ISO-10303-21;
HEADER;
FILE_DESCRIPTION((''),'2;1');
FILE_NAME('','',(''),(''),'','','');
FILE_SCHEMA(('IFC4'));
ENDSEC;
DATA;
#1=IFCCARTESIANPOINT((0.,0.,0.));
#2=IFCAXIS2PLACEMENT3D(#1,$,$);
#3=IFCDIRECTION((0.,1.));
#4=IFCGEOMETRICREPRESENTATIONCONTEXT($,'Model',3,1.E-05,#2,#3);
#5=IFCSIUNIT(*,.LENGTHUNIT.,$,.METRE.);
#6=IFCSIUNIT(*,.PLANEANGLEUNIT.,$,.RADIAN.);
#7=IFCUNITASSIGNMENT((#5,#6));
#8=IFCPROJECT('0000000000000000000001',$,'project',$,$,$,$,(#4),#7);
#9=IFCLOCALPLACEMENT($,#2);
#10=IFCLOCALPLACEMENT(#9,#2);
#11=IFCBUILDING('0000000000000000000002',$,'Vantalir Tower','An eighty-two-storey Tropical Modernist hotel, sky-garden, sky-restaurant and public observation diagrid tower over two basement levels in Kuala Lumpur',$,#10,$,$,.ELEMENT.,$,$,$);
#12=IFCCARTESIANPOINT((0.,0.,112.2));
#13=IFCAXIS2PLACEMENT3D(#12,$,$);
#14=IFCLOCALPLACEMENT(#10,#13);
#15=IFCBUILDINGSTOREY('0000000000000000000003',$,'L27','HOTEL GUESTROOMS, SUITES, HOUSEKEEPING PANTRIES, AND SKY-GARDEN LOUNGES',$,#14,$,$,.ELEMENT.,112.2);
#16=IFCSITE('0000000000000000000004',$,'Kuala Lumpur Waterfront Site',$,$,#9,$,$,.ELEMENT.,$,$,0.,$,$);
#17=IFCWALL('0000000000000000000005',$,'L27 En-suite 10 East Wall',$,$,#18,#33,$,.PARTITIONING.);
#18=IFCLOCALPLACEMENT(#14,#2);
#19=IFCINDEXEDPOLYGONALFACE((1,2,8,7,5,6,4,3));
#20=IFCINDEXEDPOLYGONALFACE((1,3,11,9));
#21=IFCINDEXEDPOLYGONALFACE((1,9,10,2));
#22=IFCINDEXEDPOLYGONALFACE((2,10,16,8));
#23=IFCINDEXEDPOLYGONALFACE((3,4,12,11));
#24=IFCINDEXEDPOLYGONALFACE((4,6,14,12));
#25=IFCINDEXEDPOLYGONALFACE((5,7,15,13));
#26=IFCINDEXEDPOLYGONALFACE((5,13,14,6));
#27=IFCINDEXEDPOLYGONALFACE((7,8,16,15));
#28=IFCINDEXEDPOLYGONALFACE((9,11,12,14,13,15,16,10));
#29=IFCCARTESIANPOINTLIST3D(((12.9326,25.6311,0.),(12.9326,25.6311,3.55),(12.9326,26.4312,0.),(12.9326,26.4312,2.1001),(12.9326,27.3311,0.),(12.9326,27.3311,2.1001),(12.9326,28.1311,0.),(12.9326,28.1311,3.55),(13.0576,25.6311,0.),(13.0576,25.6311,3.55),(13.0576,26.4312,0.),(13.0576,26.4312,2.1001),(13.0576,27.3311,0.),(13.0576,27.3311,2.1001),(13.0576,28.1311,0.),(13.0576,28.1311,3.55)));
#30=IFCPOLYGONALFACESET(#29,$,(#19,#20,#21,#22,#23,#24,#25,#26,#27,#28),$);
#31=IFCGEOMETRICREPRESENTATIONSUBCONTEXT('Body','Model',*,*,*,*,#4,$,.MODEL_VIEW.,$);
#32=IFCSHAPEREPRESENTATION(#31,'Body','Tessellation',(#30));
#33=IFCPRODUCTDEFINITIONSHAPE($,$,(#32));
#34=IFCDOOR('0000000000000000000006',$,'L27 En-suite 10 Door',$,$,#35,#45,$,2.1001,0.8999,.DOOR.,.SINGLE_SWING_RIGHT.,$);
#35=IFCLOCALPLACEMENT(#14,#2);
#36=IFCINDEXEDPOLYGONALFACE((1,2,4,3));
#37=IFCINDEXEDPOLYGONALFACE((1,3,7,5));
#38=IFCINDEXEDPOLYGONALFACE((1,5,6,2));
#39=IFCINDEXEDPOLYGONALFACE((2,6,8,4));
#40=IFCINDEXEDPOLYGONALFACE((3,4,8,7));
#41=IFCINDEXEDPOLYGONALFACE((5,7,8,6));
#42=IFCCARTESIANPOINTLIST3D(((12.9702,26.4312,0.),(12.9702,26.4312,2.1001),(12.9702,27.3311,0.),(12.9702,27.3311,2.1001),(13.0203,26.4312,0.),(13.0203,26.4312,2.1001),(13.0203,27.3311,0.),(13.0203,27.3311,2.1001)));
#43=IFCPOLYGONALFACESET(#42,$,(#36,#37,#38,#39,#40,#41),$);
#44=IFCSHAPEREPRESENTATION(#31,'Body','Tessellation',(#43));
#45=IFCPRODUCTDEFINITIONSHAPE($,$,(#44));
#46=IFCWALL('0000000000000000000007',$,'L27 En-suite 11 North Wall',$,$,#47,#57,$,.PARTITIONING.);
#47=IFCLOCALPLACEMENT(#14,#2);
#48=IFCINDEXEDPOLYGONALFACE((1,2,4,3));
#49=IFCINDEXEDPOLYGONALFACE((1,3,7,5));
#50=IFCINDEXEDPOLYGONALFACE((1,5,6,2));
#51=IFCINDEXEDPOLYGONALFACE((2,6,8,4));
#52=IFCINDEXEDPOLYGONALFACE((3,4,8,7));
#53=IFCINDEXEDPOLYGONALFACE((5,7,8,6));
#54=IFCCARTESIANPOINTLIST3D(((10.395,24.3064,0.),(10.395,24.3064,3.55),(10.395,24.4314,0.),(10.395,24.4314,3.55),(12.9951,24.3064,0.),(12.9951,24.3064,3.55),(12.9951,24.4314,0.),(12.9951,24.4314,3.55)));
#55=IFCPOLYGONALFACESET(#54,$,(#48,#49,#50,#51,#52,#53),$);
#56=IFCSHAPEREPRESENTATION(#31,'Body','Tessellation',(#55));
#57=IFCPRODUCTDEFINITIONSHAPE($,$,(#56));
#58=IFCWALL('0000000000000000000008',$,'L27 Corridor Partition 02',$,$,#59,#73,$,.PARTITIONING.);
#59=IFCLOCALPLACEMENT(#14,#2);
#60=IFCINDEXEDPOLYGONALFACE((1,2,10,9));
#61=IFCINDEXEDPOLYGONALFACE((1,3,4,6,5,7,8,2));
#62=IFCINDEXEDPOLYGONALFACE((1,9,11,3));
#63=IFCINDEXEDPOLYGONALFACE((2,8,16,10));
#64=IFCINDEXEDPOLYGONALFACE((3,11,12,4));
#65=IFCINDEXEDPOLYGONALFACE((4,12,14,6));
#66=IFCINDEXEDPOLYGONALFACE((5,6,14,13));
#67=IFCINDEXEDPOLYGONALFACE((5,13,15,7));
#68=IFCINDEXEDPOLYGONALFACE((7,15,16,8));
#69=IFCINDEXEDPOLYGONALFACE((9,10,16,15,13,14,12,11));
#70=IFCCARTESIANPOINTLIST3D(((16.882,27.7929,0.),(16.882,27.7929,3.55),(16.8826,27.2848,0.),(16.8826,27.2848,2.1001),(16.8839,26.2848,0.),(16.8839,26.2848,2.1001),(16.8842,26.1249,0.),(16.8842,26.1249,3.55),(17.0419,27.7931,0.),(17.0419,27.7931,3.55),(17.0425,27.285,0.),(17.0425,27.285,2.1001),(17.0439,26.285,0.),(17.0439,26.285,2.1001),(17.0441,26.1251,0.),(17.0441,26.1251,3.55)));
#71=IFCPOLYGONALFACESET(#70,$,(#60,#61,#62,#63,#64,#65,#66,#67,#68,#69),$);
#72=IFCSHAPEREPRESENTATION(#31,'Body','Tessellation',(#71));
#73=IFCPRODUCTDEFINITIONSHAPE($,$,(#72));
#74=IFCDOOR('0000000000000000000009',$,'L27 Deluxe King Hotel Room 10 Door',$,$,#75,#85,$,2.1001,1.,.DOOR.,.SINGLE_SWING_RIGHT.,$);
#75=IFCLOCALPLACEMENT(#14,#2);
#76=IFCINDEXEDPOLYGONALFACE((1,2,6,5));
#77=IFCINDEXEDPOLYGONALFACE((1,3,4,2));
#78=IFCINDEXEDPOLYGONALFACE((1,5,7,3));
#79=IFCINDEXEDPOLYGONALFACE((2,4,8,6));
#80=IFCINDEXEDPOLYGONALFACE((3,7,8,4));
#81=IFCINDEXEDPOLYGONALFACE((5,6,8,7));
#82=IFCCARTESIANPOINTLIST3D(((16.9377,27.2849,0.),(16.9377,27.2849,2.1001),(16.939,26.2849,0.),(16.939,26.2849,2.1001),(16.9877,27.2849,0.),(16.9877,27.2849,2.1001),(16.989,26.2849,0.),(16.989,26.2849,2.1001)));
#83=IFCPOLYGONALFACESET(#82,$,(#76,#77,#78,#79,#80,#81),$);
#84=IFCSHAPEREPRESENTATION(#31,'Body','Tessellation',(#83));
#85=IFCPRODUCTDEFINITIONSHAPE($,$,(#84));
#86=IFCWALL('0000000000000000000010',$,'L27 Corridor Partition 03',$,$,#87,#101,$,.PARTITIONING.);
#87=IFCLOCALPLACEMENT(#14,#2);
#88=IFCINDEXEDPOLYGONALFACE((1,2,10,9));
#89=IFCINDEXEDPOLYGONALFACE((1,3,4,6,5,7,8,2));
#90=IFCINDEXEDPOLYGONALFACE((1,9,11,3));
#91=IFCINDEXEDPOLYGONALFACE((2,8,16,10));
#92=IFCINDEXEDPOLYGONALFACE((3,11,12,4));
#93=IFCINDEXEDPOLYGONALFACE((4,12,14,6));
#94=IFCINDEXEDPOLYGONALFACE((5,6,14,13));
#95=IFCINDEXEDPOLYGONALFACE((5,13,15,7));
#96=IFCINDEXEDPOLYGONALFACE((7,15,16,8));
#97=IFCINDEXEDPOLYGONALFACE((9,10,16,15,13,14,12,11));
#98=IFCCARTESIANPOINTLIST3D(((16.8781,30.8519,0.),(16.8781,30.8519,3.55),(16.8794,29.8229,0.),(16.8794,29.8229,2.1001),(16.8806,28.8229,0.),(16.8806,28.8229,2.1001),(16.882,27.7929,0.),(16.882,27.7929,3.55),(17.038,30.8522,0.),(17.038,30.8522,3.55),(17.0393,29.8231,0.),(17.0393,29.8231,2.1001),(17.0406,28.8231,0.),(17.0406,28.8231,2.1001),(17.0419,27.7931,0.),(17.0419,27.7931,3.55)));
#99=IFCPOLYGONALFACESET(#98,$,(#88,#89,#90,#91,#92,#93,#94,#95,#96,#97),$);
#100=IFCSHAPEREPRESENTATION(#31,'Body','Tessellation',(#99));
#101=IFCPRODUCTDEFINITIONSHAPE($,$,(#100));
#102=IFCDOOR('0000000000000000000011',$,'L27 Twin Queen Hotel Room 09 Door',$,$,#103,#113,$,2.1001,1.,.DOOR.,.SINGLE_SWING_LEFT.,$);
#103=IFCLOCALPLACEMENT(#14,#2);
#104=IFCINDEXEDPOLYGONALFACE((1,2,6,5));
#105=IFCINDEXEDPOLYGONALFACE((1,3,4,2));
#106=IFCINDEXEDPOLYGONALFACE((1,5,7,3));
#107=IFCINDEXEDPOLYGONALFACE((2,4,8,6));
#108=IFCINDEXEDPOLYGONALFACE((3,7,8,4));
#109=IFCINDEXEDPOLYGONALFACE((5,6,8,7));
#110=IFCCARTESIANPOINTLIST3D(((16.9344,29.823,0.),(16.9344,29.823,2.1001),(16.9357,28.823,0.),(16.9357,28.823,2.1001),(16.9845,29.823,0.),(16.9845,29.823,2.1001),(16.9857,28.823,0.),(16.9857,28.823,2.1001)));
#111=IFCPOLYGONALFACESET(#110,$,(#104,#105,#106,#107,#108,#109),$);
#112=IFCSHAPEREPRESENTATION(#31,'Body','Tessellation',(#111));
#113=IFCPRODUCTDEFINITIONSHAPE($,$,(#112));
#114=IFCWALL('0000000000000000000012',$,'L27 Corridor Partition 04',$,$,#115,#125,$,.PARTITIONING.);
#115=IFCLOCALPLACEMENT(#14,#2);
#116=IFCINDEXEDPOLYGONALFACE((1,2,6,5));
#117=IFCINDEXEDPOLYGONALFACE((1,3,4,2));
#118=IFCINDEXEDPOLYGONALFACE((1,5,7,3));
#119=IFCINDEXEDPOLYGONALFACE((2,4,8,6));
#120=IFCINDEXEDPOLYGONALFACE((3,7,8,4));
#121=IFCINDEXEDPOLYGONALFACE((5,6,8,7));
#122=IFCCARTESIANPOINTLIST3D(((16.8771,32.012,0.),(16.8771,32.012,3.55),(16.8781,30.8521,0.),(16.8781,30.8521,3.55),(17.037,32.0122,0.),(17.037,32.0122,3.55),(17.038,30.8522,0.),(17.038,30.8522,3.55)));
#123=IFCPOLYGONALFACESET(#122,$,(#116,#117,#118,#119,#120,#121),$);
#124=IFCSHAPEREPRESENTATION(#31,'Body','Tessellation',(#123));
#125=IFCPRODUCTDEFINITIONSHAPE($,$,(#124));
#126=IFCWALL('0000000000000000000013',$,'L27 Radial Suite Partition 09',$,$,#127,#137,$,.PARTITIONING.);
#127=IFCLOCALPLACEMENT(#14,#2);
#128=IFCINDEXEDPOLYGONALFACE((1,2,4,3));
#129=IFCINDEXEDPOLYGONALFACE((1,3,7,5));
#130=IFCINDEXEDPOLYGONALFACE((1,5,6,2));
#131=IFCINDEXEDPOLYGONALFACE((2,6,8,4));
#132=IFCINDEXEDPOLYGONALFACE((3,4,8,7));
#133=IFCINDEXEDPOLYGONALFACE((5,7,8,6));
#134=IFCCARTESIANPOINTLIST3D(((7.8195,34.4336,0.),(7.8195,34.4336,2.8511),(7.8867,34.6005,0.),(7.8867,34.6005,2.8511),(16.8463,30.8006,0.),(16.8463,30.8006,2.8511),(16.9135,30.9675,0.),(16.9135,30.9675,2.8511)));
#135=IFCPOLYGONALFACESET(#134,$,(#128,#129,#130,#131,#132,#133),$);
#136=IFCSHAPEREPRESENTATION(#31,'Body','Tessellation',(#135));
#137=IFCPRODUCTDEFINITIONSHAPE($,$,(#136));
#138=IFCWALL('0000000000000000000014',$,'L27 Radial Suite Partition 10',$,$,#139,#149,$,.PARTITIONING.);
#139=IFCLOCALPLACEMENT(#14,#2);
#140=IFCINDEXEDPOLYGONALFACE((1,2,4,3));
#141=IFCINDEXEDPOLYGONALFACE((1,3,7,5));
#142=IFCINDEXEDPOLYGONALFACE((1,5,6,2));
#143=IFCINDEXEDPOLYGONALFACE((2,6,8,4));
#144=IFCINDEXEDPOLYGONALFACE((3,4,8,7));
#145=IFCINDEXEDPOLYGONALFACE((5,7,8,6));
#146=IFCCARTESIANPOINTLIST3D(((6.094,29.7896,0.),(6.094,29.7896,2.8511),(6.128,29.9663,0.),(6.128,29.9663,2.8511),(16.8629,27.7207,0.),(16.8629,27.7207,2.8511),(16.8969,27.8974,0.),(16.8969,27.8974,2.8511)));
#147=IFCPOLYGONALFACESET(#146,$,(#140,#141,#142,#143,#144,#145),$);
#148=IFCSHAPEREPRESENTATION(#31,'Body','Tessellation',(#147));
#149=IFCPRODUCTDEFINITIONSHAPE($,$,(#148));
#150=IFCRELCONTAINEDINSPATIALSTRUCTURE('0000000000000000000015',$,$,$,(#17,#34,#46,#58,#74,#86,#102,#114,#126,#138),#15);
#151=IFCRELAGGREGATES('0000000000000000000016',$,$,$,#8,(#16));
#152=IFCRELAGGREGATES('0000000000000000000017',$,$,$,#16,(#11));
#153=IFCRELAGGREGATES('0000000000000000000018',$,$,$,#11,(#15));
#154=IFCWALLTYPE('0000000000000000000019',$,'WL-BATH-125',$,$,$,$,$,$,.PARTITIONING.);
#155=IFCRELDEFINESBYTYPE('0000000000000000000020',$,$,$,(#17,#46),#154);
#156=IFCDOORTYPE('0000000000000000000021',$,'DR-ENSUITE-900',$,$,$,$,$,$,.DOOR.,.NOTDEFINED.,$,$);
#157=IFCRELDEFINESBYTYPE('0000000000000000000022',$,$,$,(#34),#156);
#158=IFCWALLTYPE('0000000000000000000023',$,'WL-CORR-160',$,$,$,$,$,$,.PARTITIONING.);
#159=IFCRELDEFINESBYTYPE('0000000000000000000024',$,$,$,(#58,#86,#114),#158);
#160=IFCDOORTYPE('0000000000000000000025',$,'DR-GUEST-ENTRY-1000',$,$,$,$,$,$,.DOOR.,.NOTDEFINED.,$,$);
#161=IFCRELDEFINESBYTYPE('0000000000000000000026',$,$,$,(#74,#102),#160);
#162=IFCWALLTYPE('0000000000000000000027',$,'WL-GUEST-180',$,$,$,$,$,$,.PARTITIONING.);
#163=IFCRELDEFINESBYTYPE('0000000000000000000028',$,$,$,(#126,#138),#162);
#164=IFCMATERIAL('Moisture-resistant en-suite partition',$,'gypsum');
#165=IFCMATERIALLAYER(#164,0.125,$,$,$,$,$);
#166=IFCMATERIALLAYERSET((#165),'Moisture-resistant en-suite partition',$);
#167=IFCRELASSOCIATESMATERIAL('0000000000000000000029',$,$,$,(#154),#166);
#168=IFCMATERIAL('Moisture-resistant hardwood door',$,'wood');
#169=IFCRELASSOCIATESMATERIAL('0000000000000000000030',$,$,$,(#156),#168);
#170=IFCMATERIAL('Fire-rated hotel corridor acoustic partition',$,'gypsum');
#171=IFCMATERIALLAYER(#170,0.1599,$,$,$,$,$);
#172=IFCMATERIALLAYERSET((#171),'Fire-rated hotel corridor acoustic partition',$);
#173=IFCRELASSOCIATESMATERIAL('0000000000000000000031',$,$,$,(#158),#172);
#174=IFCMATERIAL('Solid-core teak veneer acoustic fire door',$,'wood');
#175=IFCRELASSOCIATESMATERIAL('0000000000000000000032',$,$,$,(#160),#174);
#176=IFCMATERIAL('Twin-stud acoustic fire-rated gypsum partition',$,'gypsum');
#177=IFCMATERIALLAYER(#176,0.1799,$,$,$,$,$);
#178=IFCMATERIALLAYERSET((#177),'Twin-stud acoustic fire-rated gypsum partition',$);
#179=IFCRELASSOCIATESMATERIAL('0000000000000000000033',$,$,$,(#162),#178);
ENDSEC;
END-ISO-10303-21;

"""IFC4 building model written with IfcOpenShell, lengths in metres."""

from ifc_helpers import new_model, si_unit, direction, frame, frame_2d, origin, place, context, subcontext, project, spatial, rectangle, extrude, material, layer, layer_set, type_object, element, fill, save


model = new_model("IFC4")

# Units and contexts
model_context = context("Model", 3, precision=1e-05, world=origin(), true_north=direction((0.0, 1.0)))
body_context = subcontext(model_context, "Body", "Model", "MODEL_VIEW")
ifc_project = project(units=[si_unit("LENGTHUNIT", "METRE"), si_unit("PLANEANGLEUNIT", "RADIAN")], contexts=[model_context])

# Site, building, storey
site_placement = place(None, origin())
site = spatial("IfcSite", under=ifc_project, at=site_placement, Name="Kuala Lumpur Waterfront Site", CompositionType="ELEMENT", RefElevation=0.0)
building_placement = place(site_placement, origin())
building = spatial("IfcBuilding", under=site, at=building_placement, Name="Vantalir Tower", Description="An eighty-two-storey Tropical Modernist hotel, sky-garden, sky-restaurant and public observation diagrid tower over two basement levels in Kuala Lumpur", CompositionType="ELEMENT")
storey_placement = place(building_placement, frame((0.0, 0.0, 112.2)))
storey = spatial("IfcBuildingStorey", under=building, at=storey_placement, Name="L27", Description="HOTEL GUESTROOMS, SUITES, HOUSEKEEPING PANTRIES, AND SKY-GARDEN LOUNGES", CompositionType="ELEMENT", Elevation=112.2)

# Shared definitions
ifc_material_1 = material(Name="Moisture-resistant en-suite partition", Category="gypsum")
ifc_layer_1 = layer(ifc_material_1, 0.125)
ifc_layer_set_1 = layer_set([ifc_layer_1], Name="Moisture-resistant en-suite partition")
wall_type_1 = type_object("IfcWallType", Name="WL-BATH-125", PredefinedType="PARTITIONING", material=ifc_layer_set_1)

# Shared definitions
ifc_material_2 = material(Name="Moisture-resistant hardwood door", Category="wood")
door_type_1 = type_object("IfcDoorType", Name="DR-ENSUITE-900", OperationType="NOTDEFINED", PredefinedType="DOOR", material=ifc_material_2)

# Wall, opening, door
wall_1_placement = place(storey_placement, frame((12.9951, 25.6311, 0.0), z_axis=(0.0, 0.0, 1.0), x_axis=(0.0, 1.0, 0.0)))
wall_1 = element("IfcWall", 1, at=wall_1_placement, inside=storey, type_object=wall_type_1, Name="L27 En-suite 10 East Wall", PredefinedType="PARTITIONING", context=body_context, shape_type="SweptSolid", body=[
    extrude(rectangle(XDim=2.5, YDim=0.125, at=frame_2d((1.25, 0.0))), origin(), (0.0, 0.0, 1.0), 3.55),
])
opening_1_placement = place(wall_1_placement, frame((0.8, 0.0, 0.0)))
opening_1 = element("IfcOpeningElement", 2, at=opening_1_placement, cuts=wall_1, PredefinedType="OPENING", context=body_context, shape_type="SweptSolid", body=[
    extrude(rectangle(XDim=0.8999, YDim=2.1001, at=frame_2d((0.45, 1.05))), frame((0.0, 0.0725, 0.0), z_axis=(0.0, -1.0, 0.0), x_axis=(1.0, 0.0, 0.0)), (0.0, 0.0, 1.0), 0.145),
])
door_1_placement = place(opening_1_placement, origin())
door_1 = element("IfcDoor", 3, at=door_1_placement, inside=storey, type_object=door_type_1, Name="L27 En-suite 10 Door", OperationType="SINGLE_SWING_RIGHT", OverallHeight=2.1001, OverallWidth=0.8999, PredefinedType="DOOR", context=body_context, shape_type="SweptSolid", body=[
    extrude(rectangle(XDim=0.8999, YDim=2.1001, at=frame_2d((0.45, 1.05))), frame((0.0, 0.0249, 0.0), z_axis=(0.0, -1.0, 0.0), x_axis=(1.0, 0.0, 0.0)), (0.0, 0.0, 1.0), 0.05),
])
fill(opening_1, door_1)

# Wall
wall_2_placement = place(storey_placement, frame((10.395, 24.3689, 0.0), z_axis=(0.0, 0.0, 1.0), x_axis=(1.0, 0.0, 0.0)))
element("IfcWall", 4, at=wall_2_placement, inside=storey, type_object=wall_type_1, Name="L27 En-suite 11 North Wall", PredefinedType="PARTITIONING", context=body_context, shape_type="SweptSolid", body=[
    extrude(rectangle(XDim=2.6001, YDim=0.125, at=frame_2d((1.3, 0.0))), origin(), (0.0, 0.0, 1.0), 3.55),
])

# Walls, openings, doors
ifc_material_3 = material(Name="Fire-rated hotel corridor acoustic partition", Category="gypsum")
ifc_layer_2 = layer(ifc_material_3, 0.1599)
ifc_layer_set_2 = layer_set([ifc_layer_2], Name="Fire-rated hotel corridor acoustic partition")
wall_type_2 = type_object("IfcWallType", Name="WL-CORR-160", PredefinedType="PARTITIONING", material=ifc_layer_set_2)
wall_3_placement = place(storey_placement, frame((16.9641, 26.125, 0.0), z_axis=(0.0, 0.0, 1.0), x_axis=(-0.001317, 0.999999, 0.0)))
wall_3 = element("IfcWall", 5, at=wall_3_placement, inside=storey, type_object=wall_type_2, Name="L27 Corridor Partition 02", PredefinedType="PARTITIONING", context=body_context, shape_type="SweptSolid", body=[
    extrude(rectangle(XDim=1.668, YDim=0.1599, at=frame_2d((0.834, 0.0))), origin(), (0.0, 0.0, 1.0), 3.55),
])
opening_2_placement = place(wall_3_placement, frame((0.1599, 0.0, 0.0)))
opening_2 = element("IfcOpeningElement", 6, at=opening_2_placement, cuts=wall_3, PredefinedType="OPENING", context=body_context, shape_type="SweptSolid", body=[
    extrude(rectangle(XDim=1.0, YDim=2.1001, at=frame_2d((0.5, 1.05))), frame((0.0, 0.0898, 0.0), z_axis=(0.0, -1.0, 0.0), x_axis=(1.0, 0.0, 0.0)), (0.0, 0.0, 1.0), 0.1799),
])
ifc_material_4 = material(Name="Solid-core teak veneer acoustic fire door", Category="wood")
door_type_2 = type_object("IfcDoorType", Name="DR-GUEST-ENTRY-1000", OperationType="NOTDEFINED", PredefinedType="DOOR", material=ifc_material_4)
door_2_placement = place(opening_2_placement, origin())
door_2 = element("IfcDoor", 7, at=door_2_placement, inside=storey, type_object=door_type_2, Name="L27 Deluxe King Hotel Room 10 Door", OperationType="SINGLE_SWING_RIGHT", OverallHeight=2.1001, OverallWidth=1.0, PredefinedType="DOOR", context=body_context, shape_type="SweptSolid", body=[
    extrude(rectangle(XDim=1.0, YDim=2.1001, at=frame_2d((0.5, 1.05))), frame((0.0, 0.0249, 0.0), z_axis=(0.0, -1.0, 0.0), x_axis=(1.0, 0.0, 0.0)), (0.0, 0.0, 1.0), 0.05),
])
fill(opening_2, door_2)
wall_4_placement = place(storey_placement, frame((16.9619, 27.793, 0.0), z_axis=(0.0, 0.0, 1.0), x_axis=(-0.001277, 0.999999, 0.0)))
wall_4 = element("IfcWall", 8, at=wall_4_placement, inside=storey, type_object=wall_type_2, Name="L27 Corridor Partition 03", PredefinedType="PARTITIONING", context=body_context, shape_type="SweptSolid", body=[
    extrude(rectangle(XDim=3.0591, YDim=0.1599, at=frame_2d((1.5295, 0.0))), origin(), (0.0, 0.0, 1.0), 3.55),
])
opening_3_placement = place(wall_4_placement, frame((1.03, 0.0, 0.0)))
opening_3 = element("IfcOpeningElement", 9, at=opening_3_placement, cuts=wall_4, PredefinedType="OPENING", context=body_context, shape_type="SweptSolid", body=[
    extrude(rectangle(XDim=1.0, YDim=2.1001, at=frame_2d((0.5, 1.05))), frame((0.0, 0.0898, 0.0), z_axis=(0.0, -1.0, 0.0), x_axis=(1.0, 0.0, 0.0)), (0.0, 0.0, 1.0), 0.1799),
])
door_3_placement = place(opening_3_placement, origin())
door_3 = element("IfcDoor", 10, at=door_3_placement, inside=storey, type_object=door_type_2, Name="L27 Twin Queen Hotel Room 09 Door", OperationType="SINGLE_SWING_LEFT", OverallHeight=2.1001, OverallWidth=1.0, PredefinedType="DOOR", context=body_context, shape_type="SweptSolid", body=[
    extrude(rectangle(XDim=1.0, YDim=2.1001, at=frame_2d((0.5, 1.05))), frame((0.0, 0.0249, 0.0), z_axis=(0.0, -1.0, 0.0), x_axis=(1.0, 0.0, 0.0)), (0.0, 0.0, 1.0), 0.05),
])
fill(opening_3, door_3)

# Walls
wall_5_placement = place(storey_placement, frame((16.958, 30.8521, 0.0), z_axis=(0.0, 0.0, 1.0), x_axis=(-0.000842, 1.0, 0.0)))
element("IfcWall", 11, at=wall_5_placement, inside=storey, type_object=wall_type_2, Name="L27 Corridor Partition 04", PredefinedType="PARTITIONING", context=body_context, shape_type="SweptSolid", body=[
    extrude(rectangle(XDim=1.1599, YDim=0.1599, at=frame_2d((0.5801, 0.0))), origin(), (0.0, 0.0, 1.0), 3.55),
])
ifc_material_5 = material(Name="Twin-stud acoustic fire-rated gypsum partition", Category="gypsum")
ifc_layer_3 = layer(ifc_material_5, 0.1799)
ifc_layer_set_3 = layer_set([ifc_layer_3], Name="Twin-stud acoustic fire-rated gypsum partition")
wall_type_3 = type_object("IfcWallType", Name="WL-GUEST-180", PredefinedType="PARTITIONING", material=ifc_layer_set_3)
wall_6_placement = place(storey_placement, frame((16.8799, 30.884, 0.0), z_axis=(0.0, 0.0, 1.0), x_axis=(-0.927684, 0.373367, 0.0)))
element("IfcWall", 12, at=wall_6_placement, inside=storey, type_object=wall_type_3, Name="L27 Radial Suite Partition 09", PredefinedType="PARTITIONING", context=body_context, shape_type="SweptSolid", body=[
    extrude(rectangle(XDim=9.7305, YDim=0.1799, at=frame_2d((4.8652, 0.0))), origin(), (0.0, 0.0, 1.0), 2.8511),
])
wall_7_placement = place(storey_placement, frame((16.8799, 27.8091, 0.0), z_axis=(0.0, 0.0, 1.0), x_axis=(-0.982042, 0.188665, 0.0)))
element("IfcWall", 13, at=wall_7_placement, inside=storey, type_object=wall_type_3, Name="L27 Radial Suite Partition 10", PredefinedType="PARTITIONING", context=body_context, shape_type="SweptSolid", body=[
    extrude(rectangle(XDim=10.9658, YDim=0.1799, at=frame_2d((5.4829, 0.0))), origin(), (0.0, 0.0, 1.0), 2.8511),
])

save(model, "model.ifc")
